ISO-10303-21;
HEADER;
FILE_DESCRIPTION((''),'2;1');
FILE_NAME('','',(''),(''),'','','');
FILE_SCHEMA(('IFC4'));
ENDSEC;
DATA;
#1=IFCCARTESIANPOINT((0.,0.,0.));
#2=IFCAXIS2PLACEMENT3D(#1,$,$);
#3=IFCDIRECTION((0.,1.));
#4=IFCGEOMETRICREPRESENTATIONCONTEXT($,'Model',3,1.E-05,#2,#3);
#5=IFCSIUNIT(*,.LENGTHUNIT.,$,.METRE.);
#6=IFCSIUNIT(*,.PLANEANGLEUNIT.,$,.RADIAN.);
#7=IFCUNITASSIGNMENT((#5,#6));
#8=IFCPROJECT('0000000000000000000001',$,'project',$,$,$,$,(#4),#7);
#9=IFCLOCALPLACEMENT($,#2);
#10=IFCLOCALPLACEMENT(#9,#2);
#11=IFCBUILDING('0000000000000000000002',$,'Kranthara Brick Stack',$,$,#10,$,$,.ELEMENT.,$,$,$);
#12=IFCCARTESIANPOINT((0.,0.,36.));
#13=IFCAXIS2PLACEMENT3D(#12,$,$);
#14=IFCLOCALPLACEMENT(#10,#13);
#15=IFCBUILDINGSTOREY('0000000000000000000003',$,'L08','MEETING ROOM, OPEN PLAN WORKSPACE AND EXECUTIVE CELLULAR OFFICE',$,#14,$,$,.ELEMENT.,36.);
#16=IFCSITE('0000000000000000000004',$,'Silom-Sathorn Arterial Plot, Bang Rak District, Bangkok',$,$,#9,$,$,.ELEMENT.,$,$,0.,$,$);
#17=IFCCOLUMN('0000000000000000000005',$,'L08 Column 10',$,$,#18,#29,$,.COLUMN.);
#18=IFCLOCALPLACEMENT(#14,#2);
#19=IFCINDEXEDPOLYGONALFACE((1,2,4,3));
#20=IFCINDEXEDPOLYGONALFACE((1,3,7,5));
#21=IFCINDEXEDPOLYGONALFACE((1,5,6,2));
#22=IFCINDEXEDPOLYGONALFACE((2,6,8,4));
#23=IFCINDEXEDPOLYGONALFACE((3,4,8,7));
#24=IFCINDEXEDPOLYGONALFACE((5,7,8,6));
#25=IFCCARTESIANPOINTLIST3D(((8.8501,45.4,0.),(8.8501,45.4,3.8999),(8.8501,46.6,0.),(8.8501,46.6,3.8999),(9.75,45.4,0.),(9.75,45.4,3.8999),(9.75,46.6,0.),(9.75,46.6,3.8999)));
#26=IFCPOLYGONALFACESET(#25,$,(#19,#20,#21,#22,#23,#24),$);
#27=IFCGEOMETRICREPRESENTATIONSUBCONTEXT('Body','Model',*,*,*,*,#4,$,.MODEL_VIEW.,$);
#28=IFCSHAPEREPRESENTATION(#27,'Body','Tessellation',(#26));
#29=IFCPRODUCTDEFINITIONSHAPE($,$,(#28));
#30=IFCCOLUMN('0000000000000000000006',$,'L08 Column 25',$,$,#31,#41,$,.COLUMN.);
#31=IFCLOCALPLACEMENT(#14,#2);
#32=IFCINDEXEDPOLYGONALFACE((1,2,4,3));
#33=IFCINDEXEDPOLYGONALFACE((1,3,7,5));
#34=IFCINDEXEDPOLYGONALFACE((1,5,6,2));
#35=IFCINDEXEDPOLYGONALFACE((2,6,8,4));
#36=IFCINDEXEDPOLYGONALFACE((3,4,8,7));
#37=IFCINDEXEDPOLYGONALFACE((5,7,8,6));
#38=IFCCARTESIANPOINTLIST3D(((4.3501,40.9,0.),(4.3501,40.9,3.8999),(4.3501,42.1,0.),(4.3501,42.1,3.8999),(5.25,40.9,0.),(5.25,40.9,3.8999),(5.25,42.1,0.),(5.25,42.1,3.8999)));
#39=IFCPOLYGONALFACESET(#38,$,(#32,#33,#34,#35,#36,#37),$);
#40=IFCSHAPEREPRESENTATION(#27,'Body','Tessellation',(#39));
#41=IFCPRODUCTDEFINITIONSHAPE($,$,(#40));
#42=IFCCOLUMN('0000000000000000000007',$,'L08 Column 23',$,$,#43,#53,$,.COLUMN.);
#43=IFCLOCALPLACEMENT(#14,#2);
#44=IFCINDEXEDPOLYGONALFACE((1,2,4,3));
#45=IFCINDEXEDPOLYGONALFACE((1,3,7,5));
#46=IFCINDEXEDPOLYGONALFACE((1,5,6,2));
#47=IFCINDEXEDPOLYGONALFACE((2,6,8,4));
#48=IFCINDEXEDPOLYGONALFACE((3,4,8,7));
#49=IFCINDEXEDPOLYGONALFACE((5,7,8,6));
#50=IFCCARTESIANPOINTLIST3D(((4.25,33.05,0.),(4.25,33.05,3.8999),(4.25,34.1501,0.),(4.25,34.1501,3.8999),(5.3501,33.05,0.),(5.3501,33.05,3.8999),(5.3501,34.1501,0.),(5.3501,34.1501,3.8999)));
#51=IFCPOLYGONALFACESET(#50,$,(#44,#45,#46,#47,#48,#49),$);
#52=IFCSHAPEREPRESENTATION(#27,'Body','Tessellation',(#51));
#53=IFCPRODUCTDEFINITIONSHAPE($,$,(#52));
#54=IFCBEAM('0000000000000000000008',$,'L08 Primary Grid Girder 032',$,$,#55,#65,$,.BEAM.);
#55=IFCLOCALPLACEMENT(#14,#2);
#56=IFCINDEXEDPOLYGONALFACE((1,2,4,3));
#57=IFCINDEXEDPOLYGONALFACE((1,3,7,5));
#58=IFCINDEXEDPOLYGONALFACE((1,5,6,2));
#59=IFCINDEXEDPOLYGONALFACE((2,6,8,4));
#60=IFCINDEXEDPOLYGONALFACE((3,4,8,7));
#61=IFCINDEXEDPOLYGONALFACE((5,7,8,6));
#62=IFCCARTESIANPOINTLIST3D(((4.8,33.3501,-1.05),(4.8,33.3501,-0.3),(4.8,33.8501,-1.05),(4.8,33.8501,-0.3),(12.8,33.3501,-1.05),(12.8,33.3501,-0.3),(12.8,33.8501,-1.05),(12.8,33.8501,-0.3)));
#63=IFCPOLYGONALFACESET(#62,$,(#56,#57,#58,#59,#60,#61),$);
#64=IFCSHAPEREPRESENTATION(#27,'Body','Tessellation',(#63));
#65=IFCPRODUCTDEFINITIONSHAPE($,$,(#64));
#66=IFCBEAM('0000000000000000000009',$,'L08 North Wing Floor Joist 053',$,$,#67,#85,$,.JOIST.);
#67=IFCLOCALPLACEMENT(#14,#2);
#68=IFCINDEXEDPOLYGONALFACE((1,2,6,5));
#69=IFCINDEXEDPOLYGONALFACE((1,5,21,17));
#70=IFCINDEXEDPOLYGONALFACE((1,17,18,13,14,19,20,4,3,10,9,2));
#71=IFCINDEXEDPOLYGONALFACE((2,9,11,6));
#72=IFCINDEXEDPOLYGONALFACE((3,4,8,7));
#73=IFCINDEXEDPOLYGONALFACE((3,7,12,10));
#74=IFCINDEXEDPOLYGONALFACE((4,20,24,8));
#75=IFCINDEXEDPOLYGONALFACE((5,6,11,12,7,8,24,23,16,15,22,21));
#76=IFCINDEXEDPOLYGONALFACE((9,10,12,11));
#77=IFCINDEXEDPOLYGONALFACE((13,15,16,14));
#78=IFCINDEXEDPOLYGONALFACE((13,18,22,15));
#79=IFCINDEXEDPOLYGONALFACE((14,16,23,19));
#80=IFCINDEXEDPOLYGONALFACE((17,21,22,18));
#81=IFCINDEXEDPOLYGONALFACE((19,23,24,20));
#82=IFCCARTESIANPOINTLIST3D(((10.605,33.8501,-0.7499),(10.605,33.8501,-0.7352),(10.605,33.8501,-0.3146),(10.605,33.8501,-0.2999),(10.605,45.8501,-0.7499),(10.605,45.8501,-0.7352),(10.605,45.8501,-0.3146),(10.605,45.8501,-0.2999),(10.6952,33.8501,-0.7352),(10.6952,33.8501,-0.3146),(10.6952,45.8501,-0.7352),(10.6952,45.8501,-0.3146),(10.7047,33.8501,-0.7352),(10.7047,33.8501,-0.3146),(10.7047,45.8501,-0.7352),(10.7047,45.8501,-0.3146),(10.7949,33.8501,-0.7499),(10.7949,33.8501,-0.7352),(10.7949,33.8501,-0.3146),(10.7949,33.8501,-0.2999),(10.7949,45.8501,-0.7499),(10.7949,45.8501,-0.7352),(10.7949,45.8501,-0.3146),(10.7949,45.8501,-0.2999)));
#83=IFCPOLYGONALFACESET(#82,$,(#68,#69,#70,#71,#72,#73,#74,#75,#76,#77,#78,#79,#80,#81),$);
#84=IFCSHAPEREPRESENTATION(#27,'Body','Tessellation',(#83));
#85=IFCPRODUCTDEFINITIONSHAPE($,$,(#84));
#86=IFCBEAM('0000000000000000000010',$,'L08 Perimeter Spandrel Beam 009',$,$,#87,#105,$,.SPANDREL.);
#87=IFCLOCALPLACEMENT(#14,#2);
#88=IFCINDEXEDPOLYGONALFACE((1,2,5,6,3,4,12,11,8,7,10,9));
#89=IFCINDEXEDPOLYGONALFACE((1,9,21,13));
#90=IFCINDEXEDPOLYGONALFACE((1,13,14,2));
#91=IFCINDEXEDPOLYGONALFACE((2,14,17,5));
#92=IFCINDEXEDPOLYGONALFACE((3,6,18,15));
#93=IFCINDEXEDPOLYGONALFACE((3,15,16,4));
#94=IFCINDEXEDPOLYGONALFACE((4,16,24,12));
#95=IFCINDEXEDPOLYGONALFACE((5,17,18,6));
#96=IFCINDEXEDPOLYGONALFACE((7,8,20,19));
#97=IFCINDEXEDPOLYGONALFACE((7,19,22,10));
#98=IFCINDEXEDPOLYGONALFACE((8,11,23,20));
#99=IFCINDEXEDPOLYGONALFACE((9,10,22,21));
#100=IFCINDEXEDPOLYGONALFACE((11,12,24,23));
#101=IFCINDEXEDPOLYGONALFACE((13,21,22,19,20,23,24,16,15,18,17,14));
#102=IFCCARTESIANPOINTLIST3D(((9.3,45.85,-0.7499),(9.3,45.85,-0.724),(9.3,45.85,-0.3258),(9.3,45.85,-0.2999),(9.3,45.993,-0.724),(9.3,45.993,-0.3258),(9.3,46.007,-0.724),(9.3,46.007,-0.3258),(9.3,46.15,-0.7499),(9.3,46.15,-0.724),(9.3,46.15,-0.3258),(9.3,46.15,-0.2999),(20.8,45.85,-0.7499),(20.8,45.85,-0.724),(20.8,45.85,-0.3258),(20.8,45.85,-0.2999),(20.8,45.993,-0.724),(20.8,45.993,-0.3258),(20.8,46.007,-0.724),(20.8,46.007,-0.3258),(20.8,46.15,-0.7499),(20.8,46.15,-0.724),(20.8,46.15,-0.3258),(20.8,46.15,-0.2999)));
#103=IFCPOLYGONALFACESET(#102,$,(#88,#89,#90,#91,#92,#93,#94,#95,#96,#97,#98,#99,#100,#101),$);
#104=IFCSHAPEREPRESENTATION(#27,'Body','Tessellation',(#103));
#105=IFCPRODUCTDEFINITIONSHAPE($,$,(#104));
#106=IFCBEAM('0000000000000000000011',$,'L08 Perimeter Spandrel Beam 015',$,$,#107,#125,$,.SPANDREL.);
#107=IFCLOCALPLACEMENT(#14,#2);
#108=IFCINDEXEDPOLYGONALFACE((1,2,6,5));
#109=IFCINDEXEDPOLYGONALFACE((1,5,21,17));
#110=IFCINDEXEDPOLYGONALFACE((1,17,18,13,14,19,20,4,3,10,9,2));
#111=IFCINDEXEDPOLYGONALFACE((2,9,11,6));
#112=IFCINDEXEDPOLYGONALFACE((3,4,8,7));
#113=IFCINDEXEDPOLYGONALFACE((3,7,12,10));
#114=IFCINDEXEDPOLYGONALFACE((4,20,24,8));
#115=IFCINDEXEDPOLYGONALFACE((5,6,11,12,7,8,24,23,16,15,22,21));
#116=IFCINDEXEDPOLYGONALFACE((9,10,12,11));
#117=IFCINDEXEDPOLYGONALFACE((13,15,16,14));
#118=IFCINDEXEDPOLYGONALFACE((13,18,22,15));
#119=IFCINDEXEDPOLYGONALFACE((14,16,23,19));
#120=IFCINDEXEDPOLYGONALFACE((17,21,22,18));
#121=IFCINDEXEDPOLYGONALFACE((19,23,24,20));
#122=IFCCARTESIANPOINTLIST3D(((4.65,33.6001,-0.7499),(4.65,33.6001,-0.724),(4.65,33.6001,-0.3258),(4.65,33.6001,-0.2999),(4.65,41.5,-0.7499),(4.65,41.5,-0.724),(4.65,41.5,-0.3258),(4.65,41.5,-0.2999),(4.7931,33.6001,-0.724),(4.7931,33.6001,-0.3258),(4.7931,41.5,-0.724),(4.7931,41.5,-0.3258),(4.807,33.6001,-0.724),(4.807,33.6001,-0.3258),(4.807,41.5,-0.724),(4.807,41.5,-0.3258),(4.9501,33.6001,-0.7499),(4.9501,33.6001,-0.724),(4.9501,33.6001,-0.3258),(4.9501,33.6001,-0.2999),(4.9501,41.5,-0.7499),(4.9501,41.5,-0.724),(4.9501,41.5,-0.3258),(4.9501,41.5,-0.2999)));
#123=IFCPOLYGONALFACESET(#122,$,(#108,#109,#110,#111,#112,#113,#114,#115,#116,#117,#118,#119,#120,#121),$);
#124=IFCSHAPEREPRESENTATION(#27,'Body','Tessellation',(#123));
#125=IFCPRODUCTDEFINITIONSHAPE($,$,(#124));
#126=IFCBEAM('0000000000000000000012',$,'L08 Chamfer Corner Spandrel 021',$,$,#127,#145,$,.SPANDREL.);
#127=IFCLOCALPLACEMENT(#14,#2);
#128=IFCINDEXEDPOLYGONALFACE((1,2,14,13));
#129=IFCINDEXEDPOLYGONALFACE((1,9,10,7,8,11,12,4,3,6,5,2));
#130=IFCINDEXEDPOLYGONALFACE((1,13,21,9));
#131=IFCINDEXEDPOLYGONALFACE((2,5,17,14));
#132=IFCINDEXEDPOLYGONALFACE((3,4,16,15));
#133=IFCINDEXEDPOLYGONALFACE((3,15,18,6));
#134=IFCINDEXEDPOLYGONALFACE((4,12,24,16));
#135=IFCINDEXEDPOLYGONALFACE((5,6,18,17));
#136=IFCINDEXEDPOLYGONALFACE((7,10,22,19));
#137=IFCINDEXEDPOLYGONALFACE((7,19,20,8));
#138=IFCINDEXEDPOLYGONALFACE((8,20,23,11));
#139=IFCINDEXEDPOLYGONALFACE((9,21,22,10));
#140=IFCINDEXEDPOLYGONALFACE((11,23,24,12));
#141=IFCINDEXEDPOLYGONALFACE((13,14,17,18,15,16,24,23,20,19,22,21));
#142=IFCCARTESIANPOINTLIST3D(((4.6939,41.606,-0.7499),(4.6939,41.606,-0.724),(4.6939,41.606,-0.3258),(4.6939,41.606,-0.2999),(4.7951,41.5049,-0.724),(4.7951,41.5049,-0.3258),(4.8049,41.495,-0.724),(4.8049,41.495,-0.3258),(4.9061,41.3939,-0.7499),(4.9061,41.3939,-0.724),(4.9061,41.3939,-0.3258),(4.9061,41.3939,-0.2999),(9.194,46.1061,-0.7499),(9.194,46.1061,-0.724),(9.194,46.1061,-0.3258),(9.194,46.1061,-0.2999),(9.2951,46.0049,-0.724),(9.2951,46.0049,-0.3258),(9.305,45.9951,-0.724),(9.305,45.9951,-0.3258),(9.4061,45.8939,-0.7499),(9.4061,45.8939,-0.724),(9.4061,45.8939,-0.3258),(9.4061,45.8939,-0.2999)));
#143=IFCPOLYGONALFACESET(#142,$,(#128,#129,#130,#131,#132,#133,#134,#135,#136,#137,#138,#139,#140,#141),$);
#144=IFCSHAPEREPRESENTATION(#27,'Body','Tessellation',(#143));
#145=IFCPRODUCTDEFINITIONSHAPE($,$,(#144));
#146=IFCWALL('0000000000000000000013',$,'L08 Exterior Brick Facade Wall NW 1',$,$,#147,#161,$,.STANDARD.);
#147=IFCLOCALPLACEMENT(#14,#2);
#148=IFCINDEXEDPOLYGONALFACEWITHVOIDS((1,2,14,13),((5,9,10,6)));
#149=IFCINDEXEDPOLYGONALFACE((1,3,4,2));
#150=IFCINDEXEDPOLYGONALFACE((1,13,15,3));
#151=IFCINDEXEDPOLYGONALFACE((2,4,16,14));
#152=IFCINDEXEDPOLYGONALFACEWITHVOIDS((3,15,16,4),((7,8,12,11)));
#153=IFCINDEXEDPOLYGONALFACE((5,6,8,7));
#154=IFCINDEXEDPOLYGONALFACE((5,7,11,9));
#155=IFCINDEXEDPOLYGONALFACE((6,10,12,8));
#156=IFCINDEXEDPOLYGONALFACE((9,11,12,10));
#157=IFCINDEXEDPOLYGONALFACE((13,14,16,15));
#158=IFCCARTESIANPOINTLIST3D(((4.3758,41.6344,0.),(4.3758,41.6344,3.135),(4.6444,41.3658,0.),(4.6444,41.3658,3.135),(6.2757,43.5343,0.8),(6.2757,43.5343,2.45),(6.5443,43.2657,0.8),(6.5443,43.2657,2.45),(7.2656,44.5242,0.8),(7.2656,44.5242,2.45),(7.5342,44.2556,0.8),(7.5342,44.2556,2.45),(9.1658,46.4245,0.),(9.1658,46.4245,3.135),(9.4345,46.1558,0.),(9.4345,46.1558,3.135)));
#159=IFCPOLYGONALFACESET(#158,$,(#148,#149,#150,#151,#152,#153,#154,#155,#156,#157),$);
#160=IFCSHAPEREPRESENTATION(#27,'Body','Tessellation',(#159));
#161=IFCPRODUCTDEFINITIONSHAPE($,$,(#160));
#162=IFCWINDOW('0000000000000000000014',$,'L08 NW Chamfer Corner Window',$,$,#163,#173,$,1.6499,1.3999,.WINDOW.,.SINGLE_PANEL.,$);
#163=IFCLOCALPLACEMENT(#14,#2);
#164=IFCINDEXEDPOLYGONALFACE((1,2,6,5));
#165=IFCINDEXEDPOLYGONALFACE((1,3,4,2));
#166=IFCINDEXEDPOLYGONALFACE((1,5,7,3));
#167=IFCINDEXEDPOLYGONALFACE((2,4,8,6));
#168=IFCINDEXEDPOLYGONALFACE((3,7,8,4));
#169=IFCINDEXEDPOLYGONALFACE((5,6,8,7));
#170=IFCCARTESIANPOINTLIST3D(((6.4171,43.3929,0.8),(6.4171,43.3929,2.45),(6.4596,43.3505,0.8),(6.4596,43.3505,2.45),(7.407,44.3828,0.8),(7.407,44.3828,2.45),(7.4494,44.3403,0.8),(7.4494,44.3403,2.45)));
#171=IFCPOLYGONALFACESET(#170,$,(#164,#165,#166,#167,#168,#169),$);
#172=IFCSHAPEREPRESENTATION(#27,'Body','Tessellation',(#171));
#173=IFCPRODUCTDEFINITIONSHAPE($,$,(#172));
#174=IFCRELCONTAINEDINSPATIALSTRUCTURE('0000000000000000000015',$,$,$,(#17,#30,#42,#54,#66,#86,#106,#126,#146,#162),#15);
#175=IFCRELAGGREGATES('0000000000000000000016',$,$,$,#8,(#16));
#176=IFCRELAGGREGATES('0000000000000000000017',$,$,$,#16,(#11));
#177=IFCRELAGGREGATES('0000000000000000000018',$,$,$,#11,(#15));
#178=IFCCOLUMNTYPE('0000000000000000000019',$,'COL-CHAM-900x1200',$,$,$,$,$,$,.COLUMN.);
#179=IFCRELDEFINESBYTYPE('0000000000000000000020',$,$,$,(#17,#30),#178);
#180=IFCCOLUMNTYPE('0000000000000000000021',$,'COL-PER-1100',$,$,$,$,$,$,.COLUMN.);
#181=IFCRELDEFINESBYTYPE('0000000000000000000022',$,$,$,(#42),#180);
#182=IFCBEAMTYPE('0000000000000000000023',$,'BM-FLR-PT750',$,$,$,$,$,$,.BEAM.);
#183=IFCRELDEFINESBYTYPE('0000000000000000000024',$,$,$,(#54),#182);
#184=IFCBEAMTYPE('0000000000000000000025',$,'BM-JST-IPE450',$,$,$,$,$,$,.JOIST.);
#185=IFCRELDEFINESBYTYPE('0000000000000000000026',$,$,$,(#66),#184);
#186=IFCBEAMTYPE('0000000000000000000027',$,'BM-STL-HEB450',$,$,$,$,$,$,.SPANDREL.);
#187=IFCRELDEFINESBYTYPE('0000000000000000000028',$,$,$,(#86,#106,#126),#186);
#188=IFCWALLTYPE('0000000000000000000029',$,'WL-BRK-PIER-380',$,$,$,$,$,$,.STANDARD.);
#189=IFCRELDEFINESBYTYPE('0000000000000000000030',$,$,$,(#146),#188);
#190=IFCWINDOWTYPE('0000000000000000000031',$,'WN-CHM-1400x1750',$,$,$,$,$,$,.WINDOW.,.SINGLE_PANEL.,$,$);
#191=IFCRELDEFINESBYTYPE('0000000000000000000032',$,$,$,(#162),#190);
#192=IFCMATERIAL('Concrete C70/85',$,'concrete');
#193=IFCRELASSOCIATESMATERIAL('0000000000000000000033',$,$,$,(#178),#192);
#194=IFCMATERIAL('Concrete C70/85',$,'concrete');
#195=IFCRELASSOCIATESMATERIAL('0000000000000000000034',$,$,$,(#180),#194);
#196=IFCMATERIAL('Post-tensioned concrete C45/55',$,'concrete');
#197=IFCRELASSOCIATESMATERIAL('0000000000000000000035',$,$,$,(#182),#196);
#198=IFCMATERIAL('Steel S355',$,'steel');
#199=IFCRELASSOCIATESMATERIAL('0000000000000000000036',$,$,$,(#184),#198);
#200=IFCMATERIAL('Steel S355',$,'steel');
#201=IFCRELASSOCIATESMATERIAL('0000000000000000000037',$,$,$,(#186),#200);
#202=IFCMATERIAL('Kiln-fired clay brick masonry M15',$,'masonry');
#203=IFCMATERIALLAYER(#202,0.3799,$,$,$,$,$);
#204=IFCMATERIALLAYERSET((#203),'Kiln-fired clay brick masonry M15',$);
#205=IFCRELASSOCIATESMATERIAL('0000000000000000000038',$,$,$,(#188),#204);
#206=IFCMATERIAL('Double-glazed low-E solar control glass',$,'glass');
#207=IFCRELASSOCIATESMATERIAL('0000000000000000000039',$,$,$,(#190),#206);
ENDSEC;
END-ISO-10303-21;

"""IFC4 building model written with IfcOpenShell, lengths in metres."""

from ifc_helpers import new_model, si_unit, direction, frame, frame_2d, origin, origin_2d, place, context, subcontext, project, spatial, rectangle, i_section, extrude, material, layer, layer_set, material_profile, profile_set, type_object, element, fill, save


model = new_model("IFC4")

# Units and contexts
model_context = context("Model", 3, precision=1e-05, world=origin(), true_north=direction((0.0, 1.0)))
body_context = subcontext(model_context, "Body", "Model", "MODEL_VIEW")
ifc_project = project(units=[si_unit("LENGTHUNIT", "METRE"), si_unit("PLANEANGLEUNIT", "RADIAN")], contexts=[model_context])

# Site, building, storey
site_placement = place(None, origin())
site = spatial("IfcSite", under=ifc_project, at=site_placement, Name="Silom-Sathorn Arterial Plot, Bang Rak District, Bangkok", CompositionType="ELEMENT", RefElevation=0.0)
building_placement = place(site_placement, origin())
building = spatial("IfcBuilding", under=site, at=building_placement, Name="Kranthara Brick Stack", CompositionType="ELEMENT")
storey_placement = place(building_placement, frame((0.0, 0.0, 36.0)))
storey = spatial("IfcBuildingStorey", under=building, at=storey_placement, Name="L08", Description="MEETING ROOM, OPEN PLAN WORKSPACE AND EXECUTIVE CELLULAR OFFICE", CompositionType="ELEMENT", Elevation=36.0)

# Columns
ifc_material_1 = material(Name="Concrete C70/85", Category="concrete")
ifc_material_profile_1 = material_profile(ifc_material_1, rectangle(XDim=0.8999, YDim=1.2, at=origin_2d()), Name="RC 900x1200")
ifc_profile_set_1 = profile_set([ifc_material_profile_1], Name="Concrete C70/85")
column_type_1 = type_object("IfcColumnType", Name="COL-CHAM-900x1200", PredefinedType="COLUMN", material=ifc_profile_set_1)
for number, where, z_axis, x_axis, name in (
    (1, (9.3, 46.0, 0.0), (0.0, 0.0, 1.0), (1.0, 0.0, 0.0), "L08 Column 10"),
    (2, (4.8, 41.5, 0.0), (0.0, 0.0, 1.0), (1.0, 0.0, 0.0), "L08 Column 25"),
):
    element("IfcColumn", number, at=place(storey_placement, frame(where, z_axis=z_axis, x_axis=x_axis)), inside=storey, type_object=column_type_1, Name=name, PredefinedType="COLUMN", context=body_context, shape_type="SweptSolid", body=[
        extrude(rectangle(XDim=0.8999, YDim=1.2, at=origin_2d()), origin(), (0.0, 0.0, 1.0), 3.8999),
    ])
ifc_material_2 = material(Name="Concrete C70/85", Category="concrete")
ifc_material_profile_2 = material_profile(ifc_material_2, rectangle(XDim=1.1001, YDim=1.1001, at=origin_2d()), Name="RC 1100x1100")
ifc_profile_set_2 = profile_set([ifc_material_profile_2], Name="Concrete C70/85")
column_type_2 = type_object("IfcColumnType", Name="COL-PER-1100", PredefinedType="COLUMN", material=ifc_profile_set_2)
column_placement = place(storey_placement, frame((4.8, 33.6001, 0.0), z_axis=(0.0, 0.0, 1.0), x_axis=(1.0, 0.0, 0.0)))
element("IfcColumn", 3, at=column_placement, inside=storey, type_object=column_type_2, Name="L08 Column 23", PredefinedType="COLUMN", context=body_context, shape_type="SweptSolid", body=[
    extrude(rectangle(XDim=1.1001, YDim=1.1001, at=origin_2d()), origin(), (0.0, 0.0, 1.0), 3.8999),
])

# Beams
ifc_material_3 = material(Name="Post-tensioned concrete C45/55", Category="concrete")
ifc_material_profile_3 = material_profile(ifc_material_3, rectangle(XDim=0.5, YDim=0.75, at=origin_2d()), Name="PT 500x750")
ifc_profile_set_3 = profile_set([ifc_material_profile_3], Name="Post-tensioned concrete C45/55")
beam_type_1 = type_object("IfcBeamType", Name="BM-FLR-PT750", PredefinedType="BEAM", material=ifc_profile_set_3)
beam_1_placement = place(storey_placement, frame((4.8, 33.6001, -0.675), z_axis=(1.0, 0.0, 0.0), x_axis=(0.0, 1.0, 0.0)))
element("IfcBeam", 4, at=beam_1_placement, inside=storey, type_object=beam_type_1, Name="L08 Primary Grid Girder 032", PredefinedType="BEAM", context=body_context, shape_type="SweptSolid", body=[
    extrude(rectangle(XDim=0.5, YDim=0.75, at=origin_2d()), origin(), (0.0, 0.0, 1.0), 8.0),
])
ifc_material_4 = material(Name="Steel S355", Category="steel")
ifc_material_profile_4 = material_profile(ifc_material_4, i_section(OverallWidth=0.1899, OverallDepth=0.45, WebThickness=0.0095, FlangeThickness=0.0146, at=origin_2d()), Name="IPE 450")
ifc_profile_set_4 = profile_set([ifc_material_profile_4], Name="Steel S355")
beam_type_2 = type_object("IfcBeamType", Name="BM-JST-IPE450", PredefinedType="JOIST", material=ifc_profile_set_4)
beam_2_placement = place(storey_placement, frame((10.7, 33.8501, -0.5249), z_axis=(0.0, 1.0, 0.0), x_axis=(-1.0, 0.0, 0.0)))
element("IfcBeam", 5, at=beam_2_placement, inside=storey, type_object=beam_type_2, Name="L08 North Wing Floor Joist 053", PredefinedType="JOIST", context=body_context, shape_type="SweptSolid", body=[
    extrude(i_section(OverallWidth=0.1899, OverallDepth=0.45, WebThickness=0.0095, FlangeThickness=0.0146, at=origin_2d()), origin(), (0.0, 0.0, 1.0), 12.0),
])
ifc_material_5 = material(Name="Steel S355", Category="steel")
ifc_material_profile_5 = material_profile(ifc_material_5, i_section(OverallWidth=0.3, OverallDepth=0.45, WebThickness=0.0139, FlangeThickness=0.0259, at=origin_2d()), Name="HEB 450")
ifc_profile_set_5 = profile_set([ifc_material_profile_5], Name="Steel S355")
beam_type_3 = type_object("IfcBeamType", Name="BM-STL-HEB450", PredefinedType="SPANDREL", material=ifc_profile_set_5)
beam_3_placement = place(storey_placement, frame((9.3, 46.0, -0.5249), z_axis=(1.0, 0.0, 0.0), x_axis=(0.0, 1.0, 0.0)))
element("IfcBeam", 6, at=beam_3_placement, inside=storey, type_object=beam_type_3, Name="L08 Perimeter Spandrel Beam 009", PredefinedType="SPANDREL", context=body_context, shape_type="SweptSolid", body=[
    extrude(i_section(OverallWidth=0.3, OverallDepth=0.45, WebThickness=0.0139, FlangeThickness=0.0259, at=origin_2d()), origin(), (0.0, 0.0, 1.0), 11.5),
])
beam_4_placement = place(storey_placement, frame((4.8, 33.6001, -0.5249), z_axis=(0.0, 1.0, 0.0), x_axis=(-1.0, 0.0, 0.0)))
element("IfcBeam", 7, at=beam_4_placement, inside=storey, type_object=beam_type_3, Name="L08 Perimeter Spandrel Beam 015", PredefinedType="SPANDREL", context=body_context, shape_type="SweptSolid", body=[
    extrude(i_section(OverallWidth=0.3, OverallDepth=0.45, WebThickness=0.0139, FlangeThickness=0.0259, at=origin_2d()), origin(), (0.0, 0.0, 1.0), 7.8999),
])
beam_5_placement = place(storey_placement, frame((9.3, 46.0, -0.5249), z_axis=(-0.707107, -0.707107, 0.0), x_axis=(0.707107, -0.707107, 0.0)))
element("IfcBeam", 8, at=beam_5_placement, inside=storey, type_object=beam_type_3, Name="L08 Chamfer Corner Spandrel 021", PredefinedType="SPANDREL", context=body_context, shape_type="SweptSolid", body=[
    extrude(i_section(OverallWidth=0.3, OverallDepth=0.45, WebThickness=0.0139, FlangeThickness=0.0259, at=origin_2d()), origin(), (0.0, 0.0, 1.0), 6.364),
])

# Wall, opening, window
ifc_material_6 = material(Name="Kiln-fired clay brick masonry M15", Category="masonry")
ifc_layer_1 = layer(ifc_material_6, 0.3799)
ifc_layer_set_1 = layer_set([ifc_layer_1], Name="Kiln-fired clay brick masonry M15")
wall_type_1 = type_object("IfcWallType", Name="WL-BRK-PIER-380", PredefinedType="STANDARD", material=ifc_layer_set_1)
wall_1_placement = place(storey_placement, frame((4.51, 41.5, 0.0), z_axis=(0.0, 0.0, 1.0), x_axis=(0.707107, 0.707107, 0.0)))
wall_1 = element("IfcWall", 9, at=wall_1_placement, inside=storey, type_object=wall_type_1, Name="L08 Exterior Brick Facade Wall NW 1", PredefinedType="STANDARD", context=body_context, shape_type="SweptSolid", body=[
    extrude(rectangle(XDim=6.7742, YDim=0.3799, at=frame_2d((3.3872, 0.0))), origin(), (0.0, 0.0, 1.0), 3.135),
])
opening_1_placement = place(wall_1_placement, frame((2.687, 0.0, 0.8)))
opening_1 = element("IfcOpeningElement", 10, at=opening_1_placement, cuts=wall_1, PredefinedType="OPENING", context=body_context, shape_type="SweptSolid", body=[
    extrude(rectangle(XDim=1.3999, YDim=1.6499, at=frame_2d((0.7, 0.825))), frame((0.0, 0.2, 0.0), z_axis=(0.0, -1.0, 0.0), x_axis=(1.0, 0.0, 0.0)), (0.0, 0.0, 1.0), 0.3999),
])
ifc_material_7 = material(Name="Double-glazed low-E solar control glass", Category="glass")
window_type_1 = type_object("IfcWindowType", Name="WN-CHM-1400x1750", PartitioningType="SINGLE_PANEL", PredefinedType="WINDOW", material=ifc_material_7)
window_1_placement = place(opening_1_placement, origin())
window_1 = element("IfcWindow", 11, at=window_1_placement, inside=storey, type_object=window_type_1, Name="L08 NW Chamfer Corner Window", OverallHeight=1.6499, OverallWidth=1.3999, PartitioningType="SINGLE_PANEL", PredefinedType="WINDOW", context=body_context, shape_type="SweptSolid", body=[
    extrude(rectangle(XDim=1.3999, YDim=1.6499, at=frame_2d((0.7, 0.825))), frame((0.0, -0.01, 0.0), z_axis=(0.0, -1.0, 0.0), x_axis=(1.0, 0.0, 0.0)), (0.0, 0.0, 1.0), 0.0601),
])
fill(opening_1, window_1)

save(model, "model.ifc")
